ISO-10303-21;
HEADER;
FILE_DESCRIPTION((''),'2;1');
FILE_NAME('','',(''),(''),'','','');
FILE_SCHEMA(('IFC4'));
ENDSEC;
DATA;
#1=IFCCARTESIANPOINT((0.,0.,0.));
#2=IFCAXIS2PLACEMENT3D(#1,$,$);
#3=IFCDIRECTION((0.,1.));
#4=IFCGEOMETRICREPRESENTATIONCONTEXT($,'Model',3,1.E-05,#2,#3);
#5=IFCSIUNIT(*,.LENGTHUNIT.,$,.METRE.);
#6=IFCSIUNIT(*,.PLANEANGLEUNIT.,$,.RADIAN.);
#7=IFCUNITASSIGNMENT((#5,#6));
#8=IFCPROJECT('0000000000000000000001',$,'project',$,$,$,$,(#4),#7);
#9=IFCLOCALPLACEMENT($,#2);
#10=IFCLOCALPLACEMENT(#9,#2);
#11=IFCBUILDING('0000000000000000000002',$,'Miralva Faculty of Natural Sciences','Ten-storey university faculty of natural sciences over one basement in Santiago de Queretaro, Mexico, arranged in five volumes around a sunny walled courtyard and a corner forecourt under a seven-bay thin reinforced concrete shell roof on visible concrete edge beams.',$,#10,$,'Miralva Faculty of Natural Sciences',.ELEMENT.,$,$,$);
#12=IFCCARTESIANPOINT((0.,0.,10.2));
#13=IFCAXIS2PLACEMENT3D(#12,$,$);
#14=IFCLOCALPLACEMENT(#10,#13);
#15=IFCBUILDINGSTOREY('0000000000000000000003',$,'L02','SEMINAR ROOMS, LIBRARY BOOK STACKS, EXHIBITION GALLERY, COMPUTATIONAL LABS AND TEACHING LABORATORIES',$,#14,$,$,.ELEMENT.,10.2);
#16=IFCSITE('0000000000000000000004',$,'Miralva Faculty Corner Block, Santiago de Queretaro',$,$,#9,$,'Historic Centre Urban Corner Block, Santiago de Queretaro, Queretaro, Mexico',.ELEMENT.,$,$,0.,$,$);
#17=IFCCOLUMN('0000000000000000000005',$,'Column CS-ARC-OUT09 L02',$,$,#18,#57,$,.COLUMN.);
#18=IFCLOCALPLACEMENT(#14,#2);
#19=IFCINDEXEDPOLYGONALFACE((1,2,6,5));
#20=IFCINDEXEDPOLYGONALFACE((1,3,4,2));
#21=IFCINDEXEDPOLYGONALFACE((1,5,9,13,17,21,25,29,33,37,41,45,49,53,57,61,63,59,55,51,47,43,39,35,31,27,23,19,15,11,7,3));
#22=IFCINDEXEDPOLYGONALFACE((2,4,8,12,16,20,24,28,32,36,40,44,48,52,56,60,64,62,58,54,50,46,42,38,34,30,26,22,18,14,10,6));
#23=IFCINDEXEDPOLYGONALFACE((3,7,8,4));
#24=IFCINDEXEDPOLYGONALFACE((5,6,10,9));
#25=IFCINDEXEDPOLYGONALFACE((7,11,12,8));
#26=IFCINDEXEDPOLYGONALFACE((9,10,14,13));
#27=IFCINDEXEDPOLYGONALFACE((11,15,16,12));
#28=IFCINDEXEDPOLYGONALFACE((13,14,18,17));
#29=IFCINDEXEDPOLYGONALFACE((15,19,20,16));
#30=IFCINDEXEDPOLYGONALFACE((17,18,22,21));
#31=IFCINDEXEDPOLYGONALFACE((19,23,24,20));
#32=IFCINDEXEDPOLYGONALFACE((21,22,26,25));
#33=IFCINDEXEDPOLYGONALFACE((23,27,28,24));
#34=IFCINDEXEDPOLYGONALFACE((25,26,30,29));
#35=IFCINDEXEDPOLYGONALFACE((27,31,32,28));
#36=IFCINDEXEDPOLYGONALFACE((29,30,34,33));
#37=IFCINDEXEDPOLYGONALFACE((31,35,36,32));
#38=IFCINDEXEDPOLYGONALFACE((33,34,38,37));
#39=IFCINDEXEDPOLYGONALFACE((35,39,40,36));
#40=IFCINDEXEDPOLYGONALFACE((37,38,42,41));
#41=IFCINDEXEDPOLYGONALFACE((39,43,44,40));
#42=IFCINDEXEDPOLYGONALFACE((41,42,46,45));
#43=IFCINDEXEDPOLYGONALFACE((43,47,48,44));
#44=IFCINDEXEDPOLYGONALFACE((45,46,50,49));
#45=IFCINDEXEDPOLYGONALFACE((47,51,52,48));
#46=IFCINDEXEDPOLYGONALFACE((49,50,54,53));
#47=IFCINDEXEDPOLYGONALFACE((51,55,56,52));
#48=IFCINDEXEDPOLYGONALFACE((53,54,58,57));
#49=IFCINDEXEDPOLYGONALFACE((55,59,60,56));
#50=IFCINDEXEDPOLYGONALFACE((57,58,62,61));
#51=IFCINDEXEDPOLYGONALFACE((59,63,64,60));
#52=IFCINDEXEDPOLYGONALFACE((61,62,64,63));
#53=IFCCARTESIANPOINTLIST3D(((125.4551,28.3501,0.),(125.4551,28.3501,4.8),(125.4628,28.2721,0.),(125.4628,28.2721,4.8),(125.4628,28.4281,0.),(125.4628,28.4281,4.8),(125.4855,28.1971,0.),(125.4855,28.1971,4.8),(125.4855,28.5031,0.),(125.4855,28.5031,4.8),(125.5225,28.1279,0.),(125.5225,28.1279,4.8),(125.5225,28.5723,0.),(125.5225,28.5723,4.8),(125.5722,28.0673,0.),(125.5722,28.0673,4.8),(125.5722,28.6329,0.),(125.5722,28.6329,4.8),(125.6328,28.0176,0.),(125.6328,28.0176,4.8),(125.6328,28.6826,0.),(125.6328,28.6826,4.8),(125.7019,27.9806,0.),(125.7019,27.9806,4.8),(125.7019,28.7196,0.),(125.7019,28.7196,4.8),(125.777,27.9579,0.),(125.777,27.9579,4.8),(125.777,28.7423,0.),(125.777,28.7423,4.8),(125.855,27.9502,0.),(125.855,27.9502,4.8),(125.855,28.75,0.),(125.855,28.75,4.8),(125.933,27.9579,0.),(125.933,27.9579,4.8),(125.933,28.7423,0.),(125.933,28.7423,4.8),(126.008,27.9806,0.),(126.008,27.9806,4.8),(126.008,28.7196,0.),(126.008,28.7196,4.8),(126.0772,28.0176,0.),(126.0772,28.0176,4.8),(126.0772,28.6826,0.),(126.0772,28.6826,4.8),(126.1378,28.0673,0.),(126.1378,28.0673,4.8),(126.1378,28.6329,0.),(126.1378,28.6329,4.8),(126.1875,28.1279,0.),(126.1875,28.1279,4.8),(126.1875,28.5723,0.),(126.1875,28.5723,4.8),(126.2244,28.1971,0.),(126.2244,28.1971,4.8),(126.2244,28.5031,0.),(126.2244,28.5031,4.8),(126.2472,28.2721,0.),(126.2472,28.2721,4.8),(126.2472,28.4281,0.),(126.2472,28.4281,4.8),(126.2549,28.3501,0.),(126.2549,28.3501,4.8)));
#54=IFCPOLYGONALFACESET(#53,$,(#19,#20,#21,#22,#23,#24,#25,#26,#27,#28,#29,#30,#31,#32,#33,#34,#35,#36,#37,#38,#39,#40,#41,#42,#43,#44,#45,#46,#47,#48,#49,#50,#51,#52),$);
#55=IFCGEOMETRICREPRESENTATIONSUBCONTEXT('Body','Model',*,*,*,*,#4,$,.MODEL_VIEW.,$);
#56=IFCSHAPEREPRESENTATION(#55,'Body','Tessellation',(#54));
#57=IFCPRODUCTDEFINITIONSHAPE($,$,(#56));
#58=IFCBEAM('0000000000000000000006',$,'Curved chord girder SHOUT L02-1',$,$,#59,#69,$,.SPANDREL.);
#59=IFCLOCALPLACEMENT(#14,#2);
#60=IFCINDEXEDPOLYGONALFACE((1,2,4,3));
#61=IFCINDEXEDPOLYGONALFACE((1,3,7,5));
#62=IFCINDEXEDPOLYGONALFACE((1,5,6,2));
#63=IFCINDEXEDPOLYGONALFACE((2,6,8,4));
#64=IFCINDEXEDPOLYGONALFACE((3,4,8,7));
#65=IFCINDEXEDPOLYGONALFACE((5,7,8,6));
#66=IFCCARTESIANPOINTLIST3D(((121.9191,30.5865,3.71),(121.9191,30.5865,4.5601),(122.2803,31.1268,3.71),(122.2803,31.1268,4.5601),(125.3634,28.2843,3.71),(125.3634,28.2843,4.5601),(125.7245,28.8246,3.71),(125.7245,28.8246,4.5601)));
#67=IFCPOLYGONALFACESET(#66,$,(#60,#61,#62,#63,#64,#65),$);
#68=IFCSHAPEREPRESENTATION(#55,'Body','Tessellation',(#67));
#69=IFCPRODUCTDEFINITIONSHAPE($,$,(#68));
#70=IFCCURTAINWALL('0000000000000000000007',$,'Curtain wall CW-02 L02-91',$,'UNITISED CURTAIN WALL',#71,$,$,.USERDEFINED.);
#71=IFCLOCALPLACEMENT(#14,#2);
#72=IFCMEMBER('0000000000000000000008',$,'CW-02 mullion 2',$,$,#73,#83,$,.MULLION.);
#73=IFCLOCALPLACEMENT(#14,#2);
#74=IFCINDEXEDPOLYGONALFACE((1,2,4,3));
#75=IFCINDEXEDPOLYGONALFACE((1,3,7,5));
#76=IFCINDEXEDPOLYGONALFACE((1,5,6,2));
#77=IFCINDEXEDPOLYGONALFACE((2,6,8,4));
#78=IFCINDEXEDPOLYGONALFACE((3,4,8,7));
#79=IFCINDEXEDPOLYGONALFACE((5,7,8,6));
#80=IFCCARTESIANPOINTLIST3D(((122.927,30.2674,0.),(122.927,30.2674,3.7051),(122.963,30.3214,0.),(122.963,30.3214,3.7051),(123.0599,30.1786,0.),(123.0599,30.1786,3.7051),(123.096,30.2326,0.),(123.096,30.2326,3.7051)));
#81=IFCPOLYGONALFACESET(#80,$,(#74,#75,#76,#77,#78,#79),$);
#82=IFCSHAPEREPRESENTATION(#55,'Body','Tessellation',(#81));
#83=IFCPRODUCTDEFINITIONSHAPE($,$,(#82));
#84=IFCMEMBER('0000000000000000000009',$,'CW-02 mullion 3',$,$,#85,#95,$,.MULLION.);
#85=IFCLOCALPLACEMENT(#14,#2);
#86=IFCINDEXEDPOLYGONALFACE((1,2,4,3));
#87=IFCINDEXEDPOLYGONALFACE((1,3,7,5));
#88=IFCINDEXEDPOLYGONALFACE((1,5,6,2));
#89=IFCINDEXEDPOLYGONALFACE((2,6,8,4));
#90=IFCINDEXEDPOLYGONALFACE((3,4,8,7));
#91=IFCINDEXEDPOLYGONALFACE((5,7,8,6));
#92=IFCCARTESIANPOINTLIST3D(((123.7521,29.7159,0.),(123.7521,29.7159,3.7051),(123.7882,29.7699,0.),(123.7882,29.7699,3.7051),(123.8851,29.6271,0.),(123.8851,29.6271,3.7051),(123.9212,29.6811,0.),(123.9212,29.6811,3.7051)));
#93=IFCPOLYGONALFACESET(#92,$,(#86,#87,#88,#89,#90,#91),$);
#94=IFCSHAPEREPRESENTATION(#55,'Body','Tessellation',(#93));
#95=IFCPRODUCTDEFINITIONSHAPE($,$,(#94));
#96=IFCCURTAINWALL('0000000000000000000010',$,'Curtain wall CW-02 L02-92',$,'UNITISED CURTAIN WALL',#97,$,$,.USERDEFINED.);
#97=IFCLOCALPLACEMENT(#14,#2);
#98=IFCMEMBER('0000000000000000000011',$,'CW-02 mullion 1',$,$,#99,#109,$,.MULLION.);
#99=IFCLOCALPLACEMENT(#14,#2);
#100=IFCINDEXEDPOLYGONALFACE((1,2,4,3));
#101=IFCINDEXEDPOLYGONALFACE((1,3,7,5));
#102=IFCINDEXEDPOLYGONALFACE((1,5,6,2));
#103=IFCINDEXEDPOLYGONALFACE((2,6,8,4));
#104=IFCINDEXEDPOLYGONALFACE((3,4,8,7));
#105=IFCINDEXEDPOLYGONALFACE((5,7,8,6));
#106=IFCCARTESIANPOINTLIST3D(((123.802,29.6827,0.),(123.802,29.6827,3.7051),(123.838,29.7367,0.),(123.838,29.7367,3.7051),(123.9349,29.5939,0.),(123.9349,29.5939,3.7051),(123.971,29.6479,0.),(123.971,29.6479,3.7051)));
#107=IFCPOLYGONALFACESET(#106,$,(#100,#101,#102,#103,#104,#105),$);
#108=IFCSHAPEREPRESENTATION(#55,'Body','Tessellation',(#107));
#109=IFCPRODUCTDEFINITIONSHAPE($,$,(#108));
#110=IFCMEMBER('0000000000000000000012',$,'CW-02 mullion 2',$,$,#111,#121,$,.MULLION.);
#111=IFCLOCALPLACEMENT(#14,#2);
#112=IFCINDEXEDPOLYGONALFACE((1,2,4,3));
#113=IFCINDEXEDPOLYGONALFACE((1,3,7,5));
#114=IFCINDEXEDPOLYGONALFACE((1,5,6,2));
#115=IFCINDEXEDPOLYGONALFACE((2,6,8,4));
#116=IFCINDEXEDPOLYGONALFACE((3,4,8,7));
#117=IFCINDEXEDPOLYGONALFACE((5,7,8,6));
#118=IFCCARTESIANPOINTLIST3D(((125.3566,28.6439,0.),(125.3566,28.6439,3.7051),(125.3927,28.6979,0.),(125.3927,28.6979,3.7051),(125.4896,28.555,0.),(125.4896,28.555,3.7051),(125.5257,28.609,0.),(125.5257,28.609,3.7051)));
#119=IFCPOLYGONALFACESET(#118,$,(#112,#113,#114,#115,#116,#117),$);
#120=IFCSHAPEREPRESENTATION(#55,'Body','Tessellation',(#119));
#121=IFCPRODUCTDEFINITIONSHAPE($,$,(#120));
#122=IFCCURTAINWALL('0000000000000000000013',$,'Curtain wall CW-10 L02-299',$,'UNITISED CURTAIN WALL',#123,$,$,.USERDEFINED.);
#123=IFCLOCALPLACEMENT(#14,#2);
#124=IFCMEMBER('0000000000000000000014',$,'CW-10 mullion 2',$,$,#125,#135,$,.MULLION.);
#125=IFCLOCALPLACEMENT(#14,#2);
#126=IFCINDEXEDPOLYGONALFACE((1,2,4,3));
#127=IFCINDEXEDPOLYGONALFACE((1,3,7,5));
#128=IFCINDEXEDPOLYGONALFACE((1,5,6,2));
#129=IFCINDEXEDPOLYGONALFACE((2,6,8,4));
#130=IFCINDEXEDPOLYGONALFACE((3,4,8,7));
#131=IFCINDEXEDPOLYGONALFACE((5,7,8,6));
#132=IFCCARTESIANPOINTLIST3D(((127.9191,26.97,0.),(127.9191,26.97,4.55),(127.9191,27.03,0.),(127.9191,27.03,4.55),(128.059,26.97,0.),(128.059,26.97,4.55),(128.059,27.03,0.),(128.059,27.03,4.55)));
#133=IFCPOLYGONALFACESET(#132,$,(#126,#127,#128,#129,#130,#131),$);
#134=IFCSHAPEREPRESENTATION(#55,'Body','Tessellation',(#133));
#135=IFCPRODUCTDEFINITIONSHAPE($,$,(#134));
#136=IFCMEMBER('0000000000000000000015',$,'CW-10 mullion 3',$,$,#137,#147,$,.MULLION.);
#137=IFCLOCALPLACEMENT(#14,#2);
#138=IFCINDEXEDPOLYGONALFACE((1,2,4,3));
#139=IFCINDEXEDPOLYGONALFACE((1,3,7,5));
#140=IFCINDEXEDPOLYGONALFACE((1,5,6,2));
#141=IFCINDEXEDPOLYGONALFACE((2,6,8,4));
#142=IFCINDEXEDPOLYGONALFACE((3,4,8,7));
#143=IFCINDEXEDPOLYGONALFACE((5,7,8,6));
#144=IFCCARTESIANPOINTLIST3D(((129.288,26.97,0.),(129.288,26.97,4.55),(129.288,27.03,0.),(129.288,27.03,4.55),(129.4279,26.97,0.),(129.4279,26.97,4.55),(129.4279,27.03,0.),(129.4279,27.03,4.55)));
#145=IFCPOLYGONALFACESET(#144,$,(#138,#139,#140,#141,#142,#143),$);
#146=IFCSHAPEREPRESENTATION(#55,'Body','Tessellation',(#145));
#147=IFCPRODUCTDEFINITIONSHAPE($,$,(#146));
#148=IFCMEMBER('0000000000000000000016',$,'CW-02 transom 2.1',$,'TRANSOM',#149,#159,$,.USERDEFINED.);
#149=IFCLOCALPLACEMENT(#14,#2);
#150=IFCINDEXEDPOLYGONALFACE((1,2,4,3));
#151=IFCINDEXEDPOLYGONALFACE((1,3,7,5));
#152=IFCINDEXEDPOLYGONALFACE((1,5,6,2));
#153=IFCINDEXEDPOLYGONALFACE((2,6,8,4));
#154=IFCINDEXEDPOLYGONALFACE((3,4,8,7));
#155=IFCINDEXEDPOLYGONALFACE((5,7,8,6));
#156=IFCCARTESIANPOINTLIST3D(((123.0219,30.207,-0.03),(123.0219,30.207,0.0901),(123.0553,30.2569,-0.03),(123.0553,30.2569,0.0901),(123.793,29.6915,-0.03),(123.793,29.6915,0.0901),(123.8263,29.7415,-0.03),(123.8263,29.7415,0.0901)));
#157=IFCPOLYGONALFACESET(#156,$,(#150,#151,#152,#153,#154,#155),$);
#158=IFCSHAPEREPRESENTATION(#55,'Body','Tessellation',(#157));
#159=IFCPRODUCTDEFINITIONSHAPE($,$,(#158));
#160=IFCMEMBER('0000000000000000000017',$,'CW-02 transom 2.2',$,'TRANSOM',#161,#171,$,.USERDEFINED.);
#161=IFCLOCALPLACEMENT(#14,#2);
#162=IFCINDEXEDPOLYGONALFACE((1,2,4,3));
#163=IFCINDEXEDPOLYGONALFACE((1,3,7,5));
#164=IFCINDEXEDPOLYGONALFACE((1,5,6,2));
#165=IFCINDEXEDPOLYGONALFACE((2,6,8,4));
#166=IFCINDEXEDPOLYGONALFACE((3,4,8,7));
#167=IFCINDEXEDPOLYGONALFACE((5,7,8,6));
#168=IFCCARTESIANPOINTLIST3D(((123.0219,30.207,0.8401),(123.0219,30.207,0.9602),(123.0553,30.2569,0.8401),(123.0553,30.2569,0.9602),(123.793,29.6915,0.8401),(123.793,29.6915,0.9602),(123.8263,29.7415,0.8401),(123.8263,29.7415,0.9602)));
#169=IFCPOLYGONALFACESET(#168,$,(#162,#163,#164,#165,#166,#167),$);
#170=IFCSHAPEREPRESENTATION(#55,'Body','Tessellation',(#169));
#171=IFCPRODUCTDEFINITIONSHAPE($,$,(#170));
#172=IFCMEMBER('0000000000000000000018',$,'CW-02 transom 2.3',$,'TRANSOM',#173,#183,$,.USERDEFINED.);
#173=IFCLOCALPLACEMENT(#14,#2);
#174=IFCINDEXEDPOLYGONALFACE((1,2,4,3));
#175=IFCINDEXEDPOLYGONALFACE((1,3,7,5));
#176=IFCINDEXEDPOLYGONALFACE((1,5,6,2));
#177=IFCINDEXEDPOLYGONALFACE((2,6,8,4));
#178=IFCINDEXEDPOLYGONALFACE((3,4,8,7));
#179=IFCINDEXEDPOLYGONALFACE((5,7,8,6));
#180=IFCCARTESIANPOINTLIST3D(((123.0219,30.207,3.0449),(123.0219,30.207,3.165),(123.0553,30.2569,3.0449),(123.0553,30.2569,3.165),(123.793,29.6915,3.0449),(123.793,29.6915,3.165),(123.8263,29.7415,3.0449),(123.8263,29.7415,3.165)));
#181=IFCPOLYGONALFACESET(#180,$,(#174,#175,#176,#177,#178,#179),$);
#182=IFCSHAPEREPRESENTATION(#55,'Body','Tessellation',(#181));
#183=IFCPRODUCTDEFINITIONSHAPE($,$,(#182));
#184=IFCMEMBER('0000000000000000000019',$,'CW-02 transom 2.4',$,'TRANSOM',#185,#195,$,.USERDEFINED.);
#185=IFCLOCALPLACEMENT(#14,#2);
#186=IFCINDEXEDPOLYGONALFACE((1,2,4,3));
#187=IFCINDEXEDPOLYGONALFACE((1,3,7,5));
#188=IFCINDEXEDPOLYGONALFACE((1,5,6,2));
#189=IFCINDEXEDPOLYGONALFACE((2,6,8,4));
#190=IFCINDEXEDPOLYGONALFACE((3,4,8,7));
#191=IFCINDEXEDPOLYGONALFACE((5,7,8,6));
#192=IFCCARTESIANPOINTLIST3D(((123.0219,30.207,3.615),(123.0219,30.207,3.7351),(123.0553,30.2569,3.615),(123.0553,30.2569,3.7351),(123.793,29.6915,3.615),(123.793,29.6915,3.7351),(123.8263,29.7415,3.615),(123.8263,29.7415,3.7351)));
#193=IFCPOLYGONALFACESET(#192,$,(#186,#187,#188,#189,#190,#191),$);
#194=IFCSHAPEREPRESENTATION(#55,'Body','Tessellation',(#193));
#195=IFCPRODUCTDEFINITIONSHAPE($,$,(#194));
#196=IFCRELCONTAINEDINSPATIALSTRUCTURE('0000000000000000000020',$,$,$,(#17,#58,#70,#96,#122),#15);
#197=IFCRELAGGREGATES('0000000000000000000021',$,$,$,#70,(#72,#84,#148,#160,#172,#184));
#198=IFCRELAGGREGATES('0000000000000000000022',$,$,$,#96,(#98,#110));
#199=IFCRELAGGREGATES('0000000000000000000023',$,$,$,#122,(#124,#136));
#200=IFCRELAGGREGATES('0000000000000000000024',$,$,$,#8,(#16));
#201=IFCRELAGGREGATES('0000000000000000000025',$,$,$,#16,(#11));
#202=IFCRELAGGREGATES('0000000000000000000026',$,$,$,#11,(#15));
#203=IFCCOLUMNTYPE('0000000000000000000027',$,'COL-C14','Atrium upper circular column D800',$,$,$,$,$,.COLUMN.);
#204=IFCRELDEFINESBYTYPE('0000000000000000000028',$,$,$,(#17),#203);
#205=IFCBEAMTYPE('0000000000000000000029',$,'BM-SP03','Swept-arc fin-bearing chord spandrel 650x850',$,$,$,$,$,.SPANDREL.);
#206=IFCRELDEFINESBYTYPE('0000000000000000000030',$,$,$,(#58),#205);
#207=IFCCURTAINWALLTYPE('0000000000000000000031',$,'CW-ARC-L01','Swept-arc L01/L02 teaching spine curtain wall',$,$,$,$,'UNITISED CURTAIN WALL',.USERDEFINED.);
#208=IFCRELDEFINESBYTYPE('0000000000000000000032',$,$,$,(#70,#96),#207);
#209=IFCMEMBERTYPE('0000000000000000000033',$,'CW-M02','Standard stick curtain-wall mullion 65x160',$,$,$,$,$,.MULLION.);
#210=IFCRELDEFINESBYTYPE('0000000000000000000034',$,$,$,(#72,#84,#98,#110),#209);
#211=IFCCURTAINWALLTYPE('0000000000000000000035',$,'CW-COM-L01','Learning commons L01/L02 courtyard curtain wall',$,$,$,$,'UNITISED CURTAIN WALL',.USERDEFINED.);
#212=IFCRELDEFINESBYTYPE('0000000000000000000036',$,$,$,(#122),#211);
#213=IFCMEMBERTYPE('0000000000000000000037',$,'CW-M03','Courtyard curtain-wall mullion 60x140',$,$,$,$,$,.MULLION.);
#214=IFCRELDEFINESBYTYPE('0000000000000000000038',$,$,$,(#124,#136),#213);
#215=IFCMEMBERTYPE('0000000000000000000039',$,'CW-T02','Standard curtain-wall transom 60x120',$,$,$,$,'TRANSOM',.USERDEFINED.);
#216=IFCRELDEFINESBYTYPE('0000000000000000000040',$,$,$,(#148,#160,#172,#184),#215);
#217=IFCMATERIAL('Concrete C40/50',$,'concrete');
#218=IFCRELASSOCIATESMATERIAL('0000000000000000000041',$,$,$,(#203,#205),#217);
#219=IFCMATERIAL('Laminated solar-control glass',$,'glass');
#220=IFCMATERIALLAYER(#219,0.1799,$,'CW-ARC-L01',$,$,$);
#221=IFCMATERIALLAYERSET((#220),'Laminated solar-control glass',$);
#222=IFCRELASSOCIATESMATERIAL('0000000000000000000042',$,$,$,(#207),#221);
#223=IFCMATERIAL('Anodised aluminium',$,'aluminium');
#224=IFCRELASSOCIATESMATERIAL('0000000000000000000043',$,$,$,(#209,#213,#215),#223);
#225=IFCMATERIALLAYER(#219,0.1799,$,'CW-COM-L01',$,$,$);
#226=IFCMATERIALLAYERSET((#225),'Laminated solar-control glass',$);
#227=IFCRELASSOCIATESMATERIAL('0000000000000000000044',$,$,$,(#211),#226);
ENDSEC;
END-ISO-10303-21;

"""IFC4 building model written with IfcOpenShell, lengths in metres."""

from ifc_helpers import new_model, si_unit, direction, frame, origin, origin_2d, place, context, subcontext, project, spatial, rectangle, circle, extrude, material, layer, layer_set, material_profile, profile_set, type_object, element, aggregate, save


model = new_model("IFC4")

# Units and contexts
model_context = context("Model", 3, precision=1e-05, world=origin(), true_north=direction((0.0, 1.0)))
body_context = subcontext(model_context, "Body", "Model", "MODEL_VIEW")
ifc_project = project(units=[si_unit("LENGTHUNIT", "METRE"), si_unit("PLANEANGLEUNIT", "RADIAN")], contexts=[model_context])

# Site, building, storey
site_placement = place(None, origin())
site = spatial("IfcSite", under=ifc_project, at=site_placement, Name="Miralva Faculty Corner Block, Santiago de Queretaro", LongName="Historic Centre Urban Corner Block, Santiago de Queretaro, Queretaro, Mexico", CompositionType="ELEMENT", RefElevation=0.0)
building_placement = place(site_placement, origin())
building = spatial("IfcBuilding", under=site, at=building_placement, Name="Miralva Faculty of Natural Sciences", Description="Ten-storey university faculty of natural sciences over one basement in Santiago de Queretaro, Mexico, arranged in five volumes around a sunny walled courtyard and a corner forecourt under a seven-bay thin reinforced concrete shell roof on visible concrete edge beams.", LongName="Miralva Faculty of Natural Sciences", CompositionType="ELEMENT")
storey_placement = place(building_placement, frame((0.0, 0.0, 10.2)))
storey = spatial("IfcBuildingStorey", under=building, at=storey_placement, Name="L02", Description="SEMINAR ROOMS, LIBRARY BOOK STACKS, EXHIBITION GALLERY, COMPUTATIONAL LABS AND TEACHING LABORATORIES", CompositionType="ELEMENT", Elevation=10.2)

# Column
ifc_material_1 = material(Name="Concrete C40/50", Category="concrete")
ifc_material_profile_1 = material_profile(ifc_material_1, circle(Radius=0.3999, at=origin_2d()), Name="RC DIA 800")
ifc_profile_set_1 = profile_set([ifc_material_profile_1], Name="Concrete C40/50")
column_type = type_object("IfcColumnType", Name="COL-C14", Description="Atrium upper circular column D800", PredefinedType="COLUMN", material=ifc_profile_set_1)
column_placement = place(storey_placement, frame((125.855, 28.3501, 0.0), z_axis=(0.0, 0.0, 1.0), x_axis=(1.0, 0.0, 0.0)))
element("IfcColumn", 1, at=column_placement, inside=storey, type_object=column_type, Name="Column CS-ARC-OUT09 L02", PredefinedType="COLUMN", context=body_context, shape_type="SweptSolid", body=[
    extrude(circle(Radius=0.3999, at=origin_2d()), origin(), (0.0, 0.0, 1.0), 4.8),
])

# Beam
ifc_material_profile_2 = material_profile(ifc_material_1, rectangle(XDim=0.6499, YDim=0.8501, at=origin_2d()), Name="RC 650x850")
ifc_profile_set_2 = profile_set([ifc_material_profile_2], Name="Concrete C40/50")
beam_type = type_object("IfcBeamType", Name="BM-SP03", Description="Swept-arc fin-bearing chord spandrel 650x850", PredefinedType="SPANDREL", material=ifc_profile_set_2)
beam_placement = place(storey_placement, frame((125.5439, 28.5544, 4.135), z_axis=(-0.831379, 0.555706, 0.0), x_axis=(-0.555706, -0.831379, 0.0)))
element("IfcBeam", 2, at=beam_placement, inside=storey, type_object=beam_type, Name="Curved chord girder SHOUT L02-1", PredefinedType="SPANDREL", context=body_context, shape_type="SweptSolid", body=[
    extrude(rectangle(XDim=0.6499, YDim=0.8501, at=origin_2d()), origin(), (0.0, 0.0, 1.0), 4.1428),
])

# Curtain walls, members
ifc_material_2 = material(Name="Laminated solar-control glass", Category="glass")
ifc_layer_1 = layer(ifc_material_2, 0.1799, Name="CW-ARC-L01")
ifc_layer_set_1 = layer_set([ifc_layer_1], Name="Laminated solar-control glass")
curtain_wall_type_1 = type_object("IfcCurtainWallType", Name="CW-ARC-L01", Description="Swept-arc L01/L02 teaching spine curtain wall", ElementType="UNITISED CURTAIN WALL", PredefinedType="USERDEFINED", material=ifc_layer_set_1)
curtain_wall_1_placement = place(storey_placement, origin())
curtain_wall_1 = element("IfcCurtainWall", 3, at=curtain_wall_1_placement, inside=storey, type_object=curtain_wall_type_1, Name="Curtain wall CW-02 L02-91", ObjectType="UNITISED CURTAIN WALL", PredefinedType="USERDEFINED")
ifc_material_3 = material(Name="Anodised aluminium", Category="aluminium")
ifc_material_profile_3 = material_profile(ifc_material_3, rectangle(XDim=0.0649, YDim=0.1599, at=origin_2d()), Name="MULLION 65x160")
ifc_profile_set_3 = profile_set([ifc_material_profile_3], Name="Anodised aluminium")
member_type_1 = type_object("IfcMemberType", Name="CW-M02", Description="Standard stick curtain-wall mullion 65x160", PredefinedType="MULLION", material=ifc_profile_set_3)
member_1_placement = place(storey_placement, frame((123.0115, 30.25, 0.0), z_axis=(0.0, 0.0, 1.0), x_axis=(0.555589, 0.831457, 0.0)))
member_1 = element("IfcMember", 4, at=member_1_placement, type_object=member_type_1, Name="CW-02 mullion 2", PredefinedType="MULLION", context=body_context, shape_type="SweptSolid", body=[
    extrude(rectangle(XDim=0.0649, YDim=0.1599, at=origin_2d()), origin(), (0.0, 0.0, 1.0), 3.7051),
])
member_2_placement = place(storey_placement, frame((123.8367, 29.6985, 0.0), z_axis=(0.0, 0.0, 1.0), x_axis=(0.555589, 0.831457, 0.0)))
member_2 = element("IfcMember", 5, at=member_2_placement, type_object=member_type_1, Name="CW-02 mullion 3", PredefinedType="MULLION", context=body_context, shape_type="SweptSolid", body=[
    extrude(rectangle(XDim=0.0649, YDim=0.1599, at=origin_2d()), origin(), (0.0, 0.0, 1.0), 3.7051),
])
curtain_wall_2_placement = place(storey_placement, origin())
curtain_wall_2 = element("IfcCurtainWall", 6, at=curtain_wall_2_placement, inside=storey, type_object=curtain_wall_type_1, Name="Curtain wall CW-02 L02-92", ObjectType="UNITISED CURTAIN WALL", PredefinedType="USERDEFINED")
member_3_placement = place(storey_placement, frame((123.8865, 29.6653, 0.0), z_axis=(0.0, 0.0, 1.0), x_axis=(0.555547, 0.831485, 0.0)))
member_3 = element("IfcMember", 7, at=member_3_placement, type_object=member_type_1, Name="CW-02 mullion 1", PredefinedType="MULLION", context=body_context, shape_type="SweptSolid", body=[
    extrude(rectangle(XDim=0.0649, YDim=0.1599, at=origin_2d()), origin(), (0.0, 0.0, 1.0), 3.7051),
])
member_4_placement = place(storey_placement, frame((125.4412, 28.6265, 0.0), z_axis=(0.0, 0.0, 1.0), x_axis=(0.555547, 0.831485, 0.0)))
member_4 = element("IfcMember", 8, at=member_4_placement, type_object=member_type_1, Name="CW-02 mullion 2", PredefinedType="MULLION", context=body_context, shape_type="SweptSolid", body=[
    extrude(rectangle(XDim=0.0649, YDim=0.1599, at=origin_2d()), origin(), (0.0, 0.0, 1.0), 3.7051),
])
ifc_layer_2 = layer(ifc_material_2, 0.1799, Name="CW-COM-L01")
ifc_layer_set_2 = layer_set([ifc_layer_2], Name="Laminated solar-control glass")
curtain_wall_type_2 = type_object("IfcCurtainWallType", Name="CW-COM-L01", Description="Learning commons L01/L02 courtyard curtain wall", ElementType="UNITISED CURTAIN WALL", PredefinedType="USERDEFINED", material=ifc_layer_set_2)
curtain_wall_3_placement = place(storey_placement, origin())
curtain_wall_3 = element("IfcCurtainWall", 9, at=curtain_wall_3_placement, inside=storey, type_object=curtain_wall_type_2, Name="Curtain wall CW-10 L02-299", ObjectType="UNITISED CURTAIN WALL", PredefinedType="USERDEFINED")
ifc_material_profile_4 = material_profile(ifc_material_3, rectangle(XDim=0.0601, YDim=0.1399, at=origin_2d()), Name="MULLION 60x140")
ifc_profile_set_4 = profile_set([ifc_material_profile_4], Name="Anodised aluminium")
member_type_2 = type_object("IfcMemberType", Name="CW-M03", Description="Courtyard curtain-wall mullion 60x140", PredefinedType="MULLION", material=ifc_profile_set_4)
member_5_placement = place(storey_placement, frame((127.989, 27.0, 0.0), z_axis=(0.0, 0.0, 1.0), x_axis=(0.0, 1.0, 0.0)))
member_5 = element("IfcMember", 10, at=member_5_placement, type_object=member_type_2, Name="CW-10 mullion 2", PredefinedType="MULLION", context=body_context, shape_type="SweptSolid", body=[
    extrude(rectangle(XDim=0.0601, YDim=0.1399, at=origin_2d()), origin(), (0.0, 0.0, 1.0), 4.55),
])
member_6_placement = place(storey_placement, frame((129.3579, 27.0, 0.0), z_axis=(0.0, 0.0, 1.0), x_axis=(0.0, 1.0, 0.0)))
member_6 = element("IfcMember", 11, at=member_6_placement, type_object=member_type_2, Name="CW-10 mullion 3", PredefinedType="MULLION", context=body_context, shape_type="SweptSolid", body=[
    extrude(rectangle(XDim=0.0601, YDim=0.1399, at=origin_2d()), origin(), (0.0, 0.0, 1.0), 4.55),
])

# Members
ifc_material_profile_5 = material_profile(ifc_material_3, rectangle(XDim=0.0601, YDim=0.1201, at=origin_2d()), Name="TRANSOM 60x120")
ifc_profile_set_5 = profile_set([ifc_material_profile_5], Name="Anodised aluminium")
member_type_3 = type_object("IfcMemberType", Name="CW-T02", Description="Standard curtain-wall transom 60x120", ElementType="TRANSOM", PredefinedType="USERDEFINED", material=ifc_profile_set_5)
member_7_placement = place(storey_placement, frame((123.0386, 30.2319, 0.03), z_axis=(0.831361, -0.555733, 0.0), x_axis=(0.555733, 0.831361, 0.0)))
member_7 = element("IfcMember", 12, at=member_7_placement, type_object=member_type_3, Name="CW-02 transom 2.1", ObjectType="TRANSOM", PredefinedType="USERDEFINED", context=body_context, shape_type="SweptSolid", body=[
    extrude(rectangle(XDim=0.0601, YDim=0.1201, at=origin_2d()), origin(), (0.0, 0.0, 1.0), 0.9275),
])
member_8_placement = place(storey_placement, frame((123.0386, 30.2319, 0.9001), z_axis=(0.831361, -0.555733, 0.0), x_axis=(0.555733, 0.831361, 0.0)))
member_8 = element("IfcMember", 13, at=member_8_placement, type_object=member_type_3, Name="CW-02 transom 2.2", ObjectType="TRANSOM", PredefinedType="USERDEFINED", context=body_context, shape_type="SweptSolid", body=[
    extrude(rectangle(XDim=0.0601, YDim=0.1201, at=origin_2d()), origin(), (0.0, 0.0, 1.0), 0.9275),
])
member_9_placement = place(storey_placement, frame((123.0386, 30.2319, 3.105), z_axis=(0.831361, -0.555733, 0.0), x_axis=(0.555733, 0.831361, 0.0)))
member_9 = element("IfcMember", 14, at=member_9_placement, type_object=member_type_3, Name="CW-02 transom 2.3", ObjectType="TRANSOM", PredefinedType="USERDEFINED", context=body_context, shape_type="SweptSolid", body=[
    extrude(rectangle(XDim=0.0601, YDim=0.1201, at=origin_2d()), origin(), (0.0, 0.0, 1.0), 0.9275),
])
member_10_placement = place(storey_placement, frame((123.0386, 30.2319, 3.675), z_axis=(0.831361, -0.555733, 0.0), x_axis=(0.555733, 0.831361, 0.0)))
member_10 = element("IfcMember", 15, at=member_10_placement, type_object=member_type_3, Name="CW-02 transom 2.4", ObjectType="TRANSOM", PredefinedType="USERDEFINED", context=body_context, shape_type="SweptSolid", body=[
    extrude(rectangle(XDim=0.0601, YDim=0.1201, at=origin_2d()), origin(), (0.0, 0.0, 1.0), 0.9275),
])

aggregate(curtain_wall_1, [member_1, member_2, member_7, member_8, member_9, member_10])
aggregate(curtain_wall_2, [member_3, member_4])
aggregate(curtain_wall_3, [member_5, member_6])

save(model, "model.ifc")
